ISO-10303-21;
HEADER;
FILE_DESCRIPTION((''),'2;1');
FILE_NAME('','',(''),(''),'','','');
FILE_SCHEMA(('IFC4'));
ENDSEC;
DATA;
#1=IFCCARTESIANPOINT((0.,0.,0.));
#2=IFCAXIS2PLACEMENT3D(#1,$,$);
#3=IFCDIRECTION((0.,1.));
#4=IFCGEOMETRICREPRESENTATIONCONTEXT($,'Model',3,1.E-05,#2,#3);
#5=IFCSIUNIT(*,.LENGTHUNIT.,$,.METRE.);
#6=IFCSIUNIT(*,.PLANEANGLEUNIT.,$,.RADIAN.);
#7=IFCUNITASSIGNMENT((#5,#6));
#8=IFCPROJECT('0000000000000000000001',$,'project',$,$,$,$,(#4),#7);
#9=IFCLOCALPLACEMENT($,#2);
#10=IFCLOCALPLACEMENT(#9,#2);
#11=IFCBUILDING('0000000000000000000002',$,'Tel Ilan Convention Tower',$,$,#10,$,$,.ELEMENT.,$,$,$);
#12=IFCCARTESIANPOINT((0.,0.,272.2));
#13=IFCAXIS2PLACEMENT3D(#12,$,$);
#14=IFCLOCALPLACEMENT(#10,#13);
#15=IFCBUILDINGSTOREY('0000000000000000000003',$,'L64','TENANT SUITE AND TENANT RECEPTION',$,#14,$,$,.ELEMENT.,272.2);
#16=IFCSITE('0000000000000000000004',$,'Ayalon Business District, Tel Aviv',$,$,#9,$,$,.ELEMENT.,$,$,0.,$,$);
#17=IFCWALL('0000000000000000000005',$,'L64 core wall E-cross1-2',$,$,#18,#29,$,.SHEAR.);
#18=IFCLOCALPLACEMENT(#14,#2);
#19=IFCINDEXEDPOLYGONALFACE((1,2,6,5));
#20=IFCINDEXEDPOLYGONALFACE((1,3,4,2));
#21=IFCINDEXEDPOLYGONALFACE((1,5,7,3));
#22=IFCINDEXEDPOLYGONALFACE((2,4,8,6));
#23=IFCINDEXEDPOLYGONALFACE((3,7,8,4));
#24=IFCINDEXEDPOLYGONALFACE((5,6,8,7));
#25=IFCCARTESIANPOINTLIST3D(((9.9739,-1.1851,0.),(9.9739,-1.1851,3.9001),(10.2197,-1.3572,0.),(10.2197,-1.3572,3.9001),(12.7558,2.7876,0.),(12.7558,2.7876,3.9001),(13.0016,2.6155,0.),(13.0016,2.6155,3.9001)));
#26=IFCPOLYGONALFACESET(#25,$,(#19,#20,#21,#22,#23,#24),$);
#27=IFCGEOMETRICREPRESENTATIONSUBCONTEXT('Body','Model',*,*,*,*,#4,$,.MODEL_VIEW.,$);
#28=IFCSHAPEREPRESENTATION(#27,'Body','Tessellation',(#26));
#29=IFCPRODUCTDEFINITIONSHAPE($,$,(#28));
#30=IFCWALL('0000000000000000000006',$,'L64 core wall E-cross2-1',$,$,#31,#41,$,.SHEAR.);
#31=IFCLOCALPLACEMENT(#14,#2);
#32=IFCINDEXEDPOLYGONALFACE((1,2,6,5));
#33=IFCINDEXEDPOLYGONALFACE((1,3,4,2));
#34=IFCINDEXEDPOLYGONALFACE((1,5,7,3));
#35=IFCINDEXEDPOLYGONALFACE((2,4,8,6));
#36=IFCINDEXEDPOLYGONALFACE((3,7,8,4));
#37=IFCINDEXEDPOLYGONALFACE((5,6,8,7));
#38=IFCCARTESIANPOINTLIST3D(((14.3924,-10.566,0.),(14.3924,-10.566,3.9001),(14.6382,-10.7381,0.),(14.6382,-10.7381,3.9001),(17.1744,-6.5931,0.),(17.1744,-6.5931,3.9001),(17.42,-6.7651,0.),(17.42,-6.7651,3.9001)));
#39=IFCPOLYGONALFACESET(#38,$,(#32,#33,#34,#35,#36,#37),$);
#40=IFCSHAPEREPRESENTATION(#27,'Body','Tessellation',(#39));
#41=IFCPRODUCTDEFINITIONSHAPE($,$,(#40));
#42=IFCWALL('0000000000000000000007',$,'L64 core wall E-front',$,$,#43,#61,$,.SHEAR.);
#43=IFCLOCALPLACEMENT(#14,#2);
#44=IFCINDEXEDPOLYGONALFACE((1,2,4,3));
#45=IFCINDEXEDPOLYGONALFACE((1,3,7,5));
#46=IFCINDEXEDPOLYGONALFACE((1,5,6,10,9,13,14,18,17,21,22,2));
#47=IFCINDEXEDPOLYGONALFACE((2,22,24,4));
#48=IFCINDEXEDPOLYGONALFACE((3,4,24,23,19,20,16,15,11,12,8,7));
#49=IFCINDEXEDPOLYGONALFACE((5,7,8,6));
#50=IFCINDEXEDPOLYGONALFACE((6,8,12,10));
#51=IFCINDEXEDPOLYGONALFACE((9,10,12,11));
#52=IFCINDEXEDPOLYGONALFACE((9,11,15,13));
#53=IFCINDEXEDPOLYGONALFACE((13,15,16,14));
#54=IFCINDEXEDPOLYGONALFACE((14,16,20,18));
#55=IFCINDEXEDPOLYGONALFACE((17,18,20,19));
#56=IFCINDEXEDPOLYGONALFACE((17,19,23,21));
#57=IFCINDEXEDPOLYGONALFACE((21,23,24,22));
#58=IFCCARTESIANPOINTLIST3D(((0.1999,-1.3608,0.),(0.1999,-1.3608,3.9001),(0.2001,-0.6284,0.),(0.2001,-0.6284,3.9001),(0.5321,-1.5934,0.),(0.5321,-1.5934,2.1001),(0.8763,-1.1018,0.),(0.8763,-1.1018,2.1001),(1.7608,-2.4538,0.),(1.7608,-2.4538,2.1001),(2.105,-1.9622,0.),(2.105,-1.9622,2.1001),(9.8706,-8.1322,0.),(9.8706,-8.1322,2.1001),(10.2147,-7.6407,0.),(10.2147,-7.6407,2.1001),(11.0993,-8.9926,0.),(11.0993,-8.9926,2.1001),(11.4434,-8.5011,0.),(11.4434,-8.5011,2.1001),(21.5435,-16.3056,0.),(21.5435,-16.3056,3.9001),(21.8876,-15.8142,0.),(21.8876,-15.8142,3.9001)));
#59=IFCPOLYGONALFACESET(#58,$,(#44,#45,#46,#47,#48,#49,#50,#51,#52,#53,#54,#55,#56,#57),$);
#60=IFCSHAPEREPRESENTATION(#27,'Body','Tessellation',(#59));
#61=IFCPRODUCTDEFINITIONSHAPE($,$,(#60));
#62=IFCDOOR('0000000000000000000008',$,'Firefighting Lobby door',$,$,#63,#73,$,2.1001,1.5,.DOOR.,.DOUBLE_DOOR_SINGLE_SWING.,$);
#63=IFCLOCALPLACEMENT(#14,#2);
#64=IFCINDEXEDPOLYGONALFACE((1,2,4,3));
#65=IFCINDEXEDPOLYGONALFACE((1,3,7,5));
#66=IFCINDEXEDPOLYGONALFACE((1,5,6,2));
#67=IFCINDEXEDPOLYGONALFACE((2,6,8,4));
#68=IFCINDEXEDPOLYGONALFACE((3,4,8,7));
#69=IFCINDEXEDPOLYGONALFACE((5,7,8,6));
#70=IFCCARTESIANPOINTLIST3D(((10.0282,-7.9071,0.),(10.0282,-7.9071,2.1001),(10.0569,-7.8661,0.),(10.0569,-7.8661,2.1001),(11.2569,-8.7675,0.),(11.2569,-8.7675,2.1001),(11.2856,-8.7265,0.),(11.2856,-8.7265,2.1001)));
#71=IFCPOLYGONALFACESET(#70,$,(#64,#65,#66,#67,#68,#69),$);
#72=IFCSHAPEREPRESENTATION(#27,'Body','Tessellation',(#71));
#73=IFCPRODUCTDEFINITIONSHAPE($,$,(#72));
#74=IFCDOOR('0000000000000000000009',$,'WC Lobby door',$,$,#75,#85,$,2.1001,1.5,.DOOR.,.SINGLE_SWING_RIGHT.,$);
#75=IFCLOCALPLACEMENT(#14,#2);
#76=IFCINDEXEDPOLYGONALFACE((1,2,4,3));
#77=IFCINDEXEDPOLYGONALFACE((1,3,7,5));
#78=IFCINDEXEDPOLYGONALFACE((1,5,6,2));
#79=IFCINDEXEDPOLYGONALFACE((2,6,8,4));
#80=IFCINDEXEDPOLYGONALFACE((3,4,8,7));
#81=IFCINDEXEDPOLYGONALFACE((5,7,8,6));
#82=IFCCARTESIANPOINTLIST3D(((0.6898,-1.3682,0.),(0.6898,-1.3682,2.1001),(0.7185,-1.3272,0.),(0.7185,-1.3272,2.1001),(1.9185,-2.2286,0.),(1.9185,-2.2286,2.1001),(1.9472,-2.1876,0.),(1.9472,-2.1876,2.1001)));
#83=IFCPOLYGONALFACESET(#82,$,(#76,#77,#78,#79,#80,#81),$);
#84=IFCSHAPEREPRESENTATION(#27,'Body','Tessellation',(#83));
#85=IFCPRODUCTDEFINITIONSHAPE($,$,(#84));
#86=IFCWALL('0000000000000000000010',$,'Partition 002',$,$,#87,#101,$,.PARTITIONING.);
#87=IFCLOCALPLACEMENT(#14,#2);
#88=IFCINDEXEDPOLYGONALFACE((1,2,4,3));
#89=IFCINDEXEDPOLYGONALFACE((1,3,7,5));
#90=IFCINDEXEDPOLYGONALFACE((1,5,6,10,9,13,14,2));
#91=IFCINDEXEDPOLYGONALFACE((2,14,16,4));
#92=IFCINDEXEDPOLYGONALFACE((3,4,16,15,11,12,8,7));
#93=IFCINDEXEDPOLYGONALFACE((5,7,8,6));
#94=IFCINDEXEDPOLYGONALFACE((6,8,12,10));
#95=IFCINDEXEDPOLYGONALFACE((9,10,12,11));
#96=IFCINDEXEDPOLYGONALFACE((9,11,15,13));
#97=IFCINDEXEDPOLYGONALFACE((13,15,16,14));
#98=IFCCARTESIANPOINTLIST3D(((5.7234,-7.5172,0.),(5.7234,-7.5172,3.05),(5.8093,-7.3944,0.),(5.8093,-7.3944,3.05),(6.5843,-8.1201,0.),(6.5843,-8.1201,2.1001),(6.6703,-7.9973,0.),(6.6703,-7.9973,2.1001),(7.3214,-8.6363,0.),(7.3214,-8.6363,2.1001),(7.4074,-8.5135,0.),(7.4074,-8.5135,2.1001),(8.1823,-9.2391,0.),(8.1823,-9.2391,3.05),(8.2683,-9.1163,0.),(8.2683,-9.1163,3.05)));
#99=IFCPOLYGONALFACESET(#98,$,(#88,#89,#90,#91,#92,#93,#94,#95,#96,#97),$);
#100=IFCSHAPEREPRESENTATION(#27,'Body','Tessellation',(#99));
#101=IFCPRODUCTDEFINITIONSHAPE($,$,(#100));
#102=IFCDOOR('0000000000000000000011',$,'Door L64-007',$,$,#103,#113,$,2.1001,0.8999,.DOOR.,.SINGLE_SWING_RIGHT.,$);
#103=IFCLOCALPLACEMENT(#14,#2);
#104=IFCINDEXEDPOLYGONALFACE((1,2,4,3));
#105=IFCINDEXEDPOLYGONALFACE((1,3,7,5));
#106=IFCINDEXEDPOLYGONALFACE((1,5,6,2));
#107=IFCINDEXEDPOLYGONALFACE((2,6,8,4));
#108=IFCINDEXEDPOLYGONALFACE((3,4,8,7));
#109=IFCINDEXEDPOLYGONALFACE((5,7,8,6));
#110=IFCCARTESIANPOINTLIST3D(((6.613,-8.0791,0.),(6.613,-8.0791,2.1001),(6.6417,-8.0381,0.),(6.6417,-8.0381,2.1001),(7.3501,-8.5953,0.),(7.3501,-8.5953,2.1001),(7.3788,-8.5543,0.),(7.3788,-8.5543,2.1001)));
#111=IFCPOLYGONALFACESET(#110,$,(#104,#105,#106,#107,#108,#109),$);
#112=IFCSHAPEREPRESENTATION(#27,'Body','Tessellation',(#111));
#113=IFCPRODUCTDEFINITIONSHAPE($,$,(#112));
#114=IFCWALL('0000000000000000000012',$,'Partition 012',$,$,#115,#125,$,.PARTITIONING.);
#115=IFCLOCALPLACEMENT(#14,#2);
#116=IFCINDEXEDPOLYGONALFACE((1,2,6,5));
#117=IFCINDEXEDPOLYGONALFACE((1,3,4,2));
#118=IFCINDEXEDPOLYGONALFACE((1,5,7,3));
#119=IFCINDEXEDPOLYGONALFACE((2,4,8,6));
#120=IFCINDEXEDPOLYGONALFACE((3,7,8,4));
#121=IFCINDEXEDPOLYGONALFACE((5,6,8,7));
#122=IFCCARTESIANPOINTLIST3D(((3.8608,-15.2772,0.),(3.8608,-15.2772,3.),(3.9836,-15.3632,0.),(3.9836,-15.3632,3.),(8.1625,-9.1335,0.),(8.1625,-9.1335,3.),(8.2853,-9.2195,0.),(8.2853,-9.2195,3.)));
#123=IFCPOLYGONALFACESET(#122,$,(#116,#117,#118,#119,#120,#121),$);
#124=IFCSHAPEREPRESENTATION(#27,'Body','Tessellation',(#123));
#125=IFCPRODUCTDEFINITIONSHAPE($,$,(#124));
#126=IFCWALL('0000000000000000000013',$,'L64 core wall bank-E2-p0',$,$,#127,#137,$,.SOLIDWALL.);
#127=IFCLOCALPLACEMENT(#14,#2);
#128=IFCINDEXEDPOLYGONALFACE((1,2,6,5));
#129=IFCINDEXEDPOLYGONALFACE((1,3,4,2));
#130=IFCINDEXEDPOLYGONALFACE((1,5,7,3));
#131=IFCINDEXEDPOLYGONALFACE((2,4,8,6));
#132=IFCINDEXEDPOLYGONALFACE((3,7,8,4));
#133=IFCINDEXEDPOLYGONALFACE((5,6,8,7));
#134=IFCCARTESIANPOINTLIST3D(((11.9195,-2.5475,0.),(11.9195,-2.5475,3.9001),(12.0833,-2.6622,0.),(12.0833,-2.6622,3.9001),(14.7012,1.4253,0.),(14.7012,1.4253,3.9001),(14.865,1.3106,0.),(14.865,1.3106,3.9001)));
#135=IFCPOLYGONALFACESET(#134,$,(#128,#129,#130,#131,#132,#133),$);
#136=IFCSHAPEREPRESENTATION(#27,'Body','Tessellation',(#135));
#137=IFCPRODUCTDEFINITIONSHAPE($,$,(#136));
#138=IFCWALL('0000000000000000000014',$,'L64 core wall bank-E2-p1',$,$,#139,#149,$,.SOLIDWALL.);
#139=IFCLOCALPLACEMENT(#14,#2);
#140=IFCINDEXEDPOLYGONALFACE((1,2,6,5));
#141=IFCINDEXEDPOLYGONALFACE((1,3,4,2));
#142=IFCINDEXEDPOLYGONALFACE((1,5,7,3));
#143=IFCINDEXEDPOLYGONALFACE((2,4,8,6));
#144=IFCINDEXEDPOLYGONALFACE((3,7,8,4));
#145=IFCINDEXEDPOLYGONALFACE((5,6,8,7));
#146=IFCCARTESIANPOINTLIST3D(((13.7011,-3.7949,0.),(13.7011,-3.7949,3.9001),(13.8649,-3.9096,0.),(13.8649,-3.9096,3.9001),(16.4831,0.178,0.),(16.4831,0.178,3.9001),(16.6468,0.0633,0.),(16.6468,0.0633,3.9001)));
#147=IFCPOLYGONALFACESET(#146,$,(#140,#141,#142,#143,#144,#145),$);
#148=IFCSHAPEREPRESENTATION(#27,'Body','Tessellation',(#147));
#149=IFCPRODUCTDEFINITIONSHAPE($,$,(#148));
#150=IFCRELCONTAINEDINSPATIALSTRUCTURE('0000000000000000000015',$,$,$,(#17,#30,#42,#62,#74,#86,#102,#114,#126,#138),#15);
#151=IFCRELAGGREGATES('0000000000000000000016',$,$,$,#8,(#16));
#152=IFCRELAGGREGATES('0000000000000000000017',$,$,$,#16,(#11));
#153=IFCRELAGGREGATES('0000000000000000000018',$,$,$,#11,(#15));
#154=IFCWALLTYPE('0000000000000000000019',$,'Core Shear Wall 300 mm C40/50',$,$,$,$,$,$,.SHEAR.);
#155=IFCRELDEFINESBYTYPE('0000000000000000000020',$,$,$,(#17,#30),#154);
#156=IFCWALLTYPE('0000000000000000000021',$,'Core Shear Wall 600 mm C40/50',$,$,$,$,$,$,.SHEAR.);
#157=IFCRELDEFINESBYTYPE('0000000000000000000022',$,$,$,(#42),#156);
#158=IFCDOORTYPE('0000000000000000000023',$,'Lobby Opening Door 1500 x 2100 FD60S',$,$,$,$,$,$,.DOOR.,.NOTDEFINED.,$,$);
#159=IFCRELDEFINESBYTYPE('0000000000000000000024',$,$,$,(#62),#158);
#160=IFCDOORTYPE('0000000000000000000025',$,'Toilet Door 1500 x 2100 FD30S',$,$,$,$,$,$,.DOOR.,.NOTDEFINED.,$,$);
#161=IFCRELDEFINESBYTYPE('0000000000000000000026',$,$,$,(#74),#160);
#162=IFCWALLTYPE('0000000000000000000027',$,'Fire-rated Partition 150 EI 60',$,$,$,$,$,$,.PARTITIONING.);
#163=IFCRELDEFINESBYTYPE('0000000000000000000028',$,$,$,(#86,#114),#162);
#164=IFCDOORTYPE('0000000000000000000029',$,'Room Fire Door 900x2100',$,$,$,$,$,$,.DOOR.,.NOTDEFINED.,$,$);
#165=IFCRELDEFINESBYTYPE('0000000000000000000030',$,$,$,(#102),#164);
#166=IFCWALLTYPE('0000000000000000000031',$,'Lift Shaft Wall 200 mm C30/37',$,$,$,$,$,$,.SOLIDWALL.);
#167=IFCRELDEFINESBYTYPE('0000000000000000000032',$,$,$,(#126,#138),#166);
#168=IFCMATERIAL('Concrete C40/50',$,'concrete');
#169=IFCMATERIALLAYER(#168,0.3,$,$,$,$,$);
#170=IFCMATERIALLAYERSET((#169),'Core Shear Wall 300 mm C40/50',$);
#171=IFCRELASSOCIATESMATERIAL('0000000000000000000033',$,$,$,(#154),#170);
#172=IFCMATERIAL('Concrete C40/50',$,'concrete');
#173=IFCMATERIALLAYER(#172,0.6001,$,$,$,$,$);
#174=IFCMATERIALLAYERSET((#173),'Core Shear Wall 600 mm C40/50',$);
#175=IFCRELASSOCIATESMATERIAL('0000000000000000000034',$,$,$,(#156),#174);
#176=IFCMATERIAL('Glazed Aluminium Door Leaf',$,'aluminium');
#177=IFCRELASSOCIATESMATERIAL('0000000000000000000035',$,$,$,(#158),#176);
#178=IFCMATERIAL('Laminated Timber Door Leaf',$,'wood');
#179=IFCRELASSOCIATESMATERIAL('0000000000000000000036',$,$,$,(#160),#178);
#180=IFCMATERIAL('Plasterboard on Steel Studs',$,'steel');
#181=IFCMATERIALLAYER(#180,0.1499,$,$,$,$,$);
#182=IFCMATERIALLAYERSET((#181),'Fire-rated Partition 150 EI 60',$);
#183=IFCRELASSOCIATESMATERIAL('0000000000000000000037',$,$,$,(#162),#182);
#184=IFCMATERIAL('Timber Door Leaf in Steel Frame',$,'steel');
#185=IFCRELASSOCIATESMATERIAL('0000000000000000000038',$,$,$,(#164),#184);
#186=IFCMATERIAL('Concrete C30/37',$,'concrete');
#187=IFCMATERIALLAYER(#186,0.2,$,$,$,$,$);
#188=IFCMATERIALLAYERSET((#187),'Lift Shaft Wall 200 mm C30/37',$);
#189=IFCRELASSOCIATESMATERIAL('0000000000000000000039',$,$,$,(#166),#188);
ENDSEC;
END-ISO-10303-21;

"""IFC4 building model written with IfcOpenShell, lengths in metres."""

from ifc_helpers import new_model, si_unit, direction, frame, frame_2d, origin, place, context, subcontext, project, spatial, polyline, rectangle, outline, extrude, material, layer, layer_set, type_object, element, fill, save


model = new_model("IFC4")

# Units and contexts
model_context = context("Model", 3, precision=1e-05, world=origin(), true_north=direction((0.0, 1.0)))
body_context = subcontext(model_context, "Body", "Model", "MODEL_VIEW")
ifc_project = project(units=[si_unit("LENGTHUNIT", "METRE"), si_unit("PLANEANGLEUNIT", "RADIAN")], contexts=[model_context])

# Site, building, storey
site_placement = place(None, origin())
site = spatial("IfcSite", under=ifc_project, at=site_placement, Name="Ayalon Business District, Tel Aviv", CompositionType="ELEMENT", RefElevation=0.0)
building_placement = place(site_placement, origin())
building = spatial("IfcBuilding", under=site, at=building_placement, Name="Tel Ilan Convention Tower", CompositionType="ELEMENT")
storey_placement = place(building_placement, frame((0.0, 0.0, 272.2)))
storey = spatial("IfcBuildingStorey", under=building, at=storey_placement, Name="L64", Description="TENANT SUITE AND TENANT RECEPTION", CompositionType="ELEMENT", Elevation=272.2)

# Walls
ifc_material_1 = material(Name="Concrete C40/50", Category="concrete")
ifc_layer_1 = layer(ifc_material_1, 0.3)
ifc_layer_set_1 = layer_set([ifc_layer_1], Name="Core Shear Wall 300 mm C40/50")
wall_type_1 = type_object("IfcWallType", Name="Core Shear Wall 300 mm C40/50", PredefinedType="SHEAR", material=ifc_layer_set_1)
wall_1_placement = place(storey_placement, frame((10.0969, -1.2712, 0.0), z_axis=(0.0, 0.0, 1.0), x_axis=(0.57356, 0.819163, 0.0)))
element("IfcWall", 1, at=wall_1_placement, inside=storey, type_object=wall_type_1, Name="L64 core wall E-cross1-2", PredefinedType="SHEAR", context=body_context, shape_type="SweptSolid", body=[
    extrude(outline(polyline([(4.8499, -0.1501), (4.8499, 0.1499), (0.0, 0.1501), (0.0, -0.1499), (4.8499, -0.1501)])), origin(), (0.0, 0.0, 1.0), 3.9001),
])
wall_2_placement = place(storey_placement, frame((14.5154, -10.6521, 0.0), z_axis=(0.0, 0.0, 1.0), x_axis=(0.57356, 0.819163, 0.0)))
element("IfcWall", 2, at=wall_2_placement, inside=storey, type_object=wall_type_1, Name="L64 core wall E-cross2-1", PredefinedType="SHEAR", context=body_context, shape_type="SweptSolid", body=[
    extrude(outline(polyline([(0.0, 0.1501), (0.0, -0.1499), (4.8501, -0.1499), (4.8501, 0.1499), (0.0, 0.1501)])), origin(), (0.0, 0.0, 1.0), 3.9001),
])

# Wall, openings, doors
ifc_material_2 = material(Name="Concrete C40/50", Category="concrete")
ifc_layer_2 = layer(ifc_material_2, 0.6001)
ifc_layer_set_2 = layer_set([ifc_layer_2], Name="Core Shear Wall 600 mm C40/50")
wall_type_2 = type_object("IfcWallType", Name="Core Shear Wall 600 mm C40/50", PredefinedType="SHEAR", material=ifc_layer_set_2)
wall_3_placement = place(storey_placement, frame((0.0278, -0.874, 0.0), z_axis=(0.0, 0.0, 1.0), x_axis=(0.81915, -0.573579, 0.0)))
wall_3 = element("IfcWall", 3, at=wall_3_placement, inside=storey, type_object=wall_type_2, Name="L64 core wall E-front", PredefinedType="SHEAR", context=body_context, shape_type="SweptSolid", body=[
    extrude(outline(polyline([(26.4758, 0.3), (0.0002, 0.3), (0.4202, -0.3), (26.4758, -0.2998), (26.4758, 0.3)])), origin(), (0.0, 0.0, 1.0), 3.9001),
])
opening_1_placement = place(wall_3_placement, frame((0.8257, 0.0, 0.0)))
opening_1 = element("IfcOpeningElement", 4, at=opening_1_placement, cuts=wall_3, PredefinedType="OPENING", context=body_context, shape_type="SweptSolid", body=[
    extrude(rectangle(XDim=1.5, YDim=2.1001, at=frame_2d((0.75, 1.05))), frame((0.0, 0.3101, 0.0), z_axis=(0.0, -1.0, 0.0), x_axis=(1.0, 0.0, 0.0)), (0.0, 0.0, 1.0), 0.6201),
])
opening_2_placement = place(wall_3_placement, frame((12.2258, 0.0, 0.0)))
opening_2 = element("IfcOpeningElement", 5, at=opening_2_placement, cuts=wall_3, PredefinedType="OPENING", context=body_context, shape_type="SweptSolid", body=[
    extrude(rectangle(XDim=1.5, YDim=2.1001, at=frame_2d((0.75, 1.05))), frame((0.0, 0.3101, 0.0), z_axis=(0.0, -1.0, 0.0), x_axis=(1.0, 0.0, 0.0)), (0.0, 0.0, 1.0), 0.6201),
])
ifc_material_3 = material(Name="Glazed Aluminium Door Leaf", Category="aluminium")
door_type_1 = type_object("IfcDoorType", Name="Lobby Opening Door 1500 x 2100 FD60S", OperationType="NOTDEFINED", PredefinedType="DOOR", material=ifc_material_3)
door_1_placement = place(opening_2_placement, origin())
door_1 = element("IfcDoor", 6, at=door_1_placement, inside=storey, type_object=door_type_1, Name="Firefighting Lobby door", OperationType="DOUBLE_DOOR_SINGLE_SWING", OverallHeight=2.1001, OverallWidth=1.5, PredefinedType="DOOR", context=body_context, shape_type="SweptSolid", body=[
    extrude(rectangle(XDim=1.5, YDim=2.1001, at=frame_2d((0.75, 1.05))), frame((0.0, 0.0249, 0.0), z_axis=(0.0, -1.0, 0.0), x_axis=(1.0, 0.0, 0.0)), (0.0, 0.0, 1.0), 0.05),
])
fill(opening_2, door_1)
ifc_material_4 = material(Name="Laminated Timber Door Leaf", Category="wood")
door_type_2 = type_object("IfcDoorType", Name="Toilet Door 1500 x 2100 FD30S", OperationType="NOTDEFINED", PredefinedType="DOOR", material=ifc_material_4)
door_2_placement = place(opening_1_placement, origin())
door_2 = element("IfcDoor", 7, at=door_2_placement, inside=storey, type_object=door_type_2, Name="WC Lobby door", OperationType="SINGLE_SWING_RIGHT", OverallHeight=2.1001, OverallWidth=1.5, PredefinedType="DOOR", context=body_context, shape_type="SweptSolid", body=[
    extrude(rectangle(XDim=1.5, YDim=2.1001, at=frame_2d((0.75, 1.05))), frame((0.0, 0.0249, 0.0), z_axis=(0.0, -1.0, 0.0), x_axis=(1.0, 0.0, 0.0)), (0.0, 0.0, 1.0), 0.05),
])
fill(opening_1, door_2)

# Wall, opening, door
ifc_material_5 = material(Name="Plasterboard on Steel Studs", Category="steel")
ifc_layer_3 = layer(ifc_material_5, 0.1499)
ifc_layer_set_3 = layer_set([ifc_layer_3], Name="Fire-rated Partition 150 EI 60")
wall_type_3 = type_object("IfcWallType", Name="Fire-rated Partition 150 EI 60", PredefinedType="PARTITIONING", material=ifc_layer_set_3)
wall_4_placement = place(storey_placement, frame((8.2253, -9.1777, 0.0), z_axis=(0.0, 0.0, 1.0), x_axis=(-0.819133, 0.573604, 0.0)))
wall_4 = element("IfcWall", 8, at=wall_4_placement, inside=storey, type_object=wall_type_3, Name="Partition 002", PredefinedType="PARTITIONING", context=body_context, shape_type="SweptSolid", body=[
    extrude(rectangle(XDim=3.002, YDim=0.1499, at=frame_2d((1.501, 0.0))), origin(), (0.0, 0.0, 1.0), 3.05),
])
opening_3_placement = place(wall_4_placement, frame((1.051, 0.0, 0.0)))
opening_3 = element("IfcOpeningElement", 9, at=opening_3_placement, cuts=wall_4, PredefinedType="OPENING", context=body_context, shape_type="SweptSolid", body=[
    extrude(rectangle(XDim=0.8999, YDim=2.1001, at=frame_2d((0.45, 1.05))), frame((0.0, 0.085, 0.0), z_axis=(0.0, -1.0, 0.0), x_axis=(1.0, 0.0, 0.0)), (0.0, 0.0, 1.0), 0.1699),
])
ifc_material_6 = material(Name="Timber Door Leaf in Steel Frame", Category="steel")
door_type_3 = type_object("IfcDoorType", Name="Room Fire Door 900x2100", OperationType="NOTDEFINED", PredefinedType="DOOR", material=ifc_material_6)
door_3_placement = place(opening_3_placement, origin())
door_3 = element("IfcDoor", 10, at=door_3_placement, inside=storey, type_object=door_type_3, Name="Door L64-007", OperationType="SINGLE_SWING_RIGHT", OverallHeight=2.1001, OverallWidth=0.8999, PredefinedType="DOOR", context=body_context, shape_type="SweptSolid", body=[
    extrude(rectangle(XDim=0.8999, YDim=2.1001, at=frame_2d((0.45, 1.05))), frame((0.0, 0.0249, 0.0), z_axis=(0.0, -1.0, 0.0), x_axis=(1.0, 0.0, 0.0)), (0.0, 0.0, 1.0), 0.05),
])
fill(opening_3, door_3)

# Walls
wall_5_placement = place(storey_placement, frame((8.2239, -9.1765, 0.0), z_axis=(0.0, 0.0, 1.0), x_axis=(-0.573561, -0.819163, 0.0)))
element("IfcWall", 11, at=wall_5_placement, inside=storey, type_object=wall_type_3, Name="Partition 012", PredefinedType="PARTITIONING", context=body_context, shape_type="SweptSolid", body=[
    extrude(rectangle(XDim=7.5, YDim=0.1499, at=frame_2d((3.75, 0.0))), origin(), (0.0, 0.0, 1.0), 3.0),
])
ifc_material_7 = material(Name="Concrete C30/37", Category="concrete")
ifc_layer_4 = layer(ifc_material_7, 0.2)
ifc_layer_set_4 = layer_set([ifc_layer_4], Name="Lift Shaft Wall 200 mm C30/37")
wall_type_4 = type_object("IfcWallType", Name="Lift Shaft Wall 200 mm C30/37", PredefinedType="SOLIDWALL", material=ifc_layer_set_4)
wall_6_placement = place(storey_placement, frame((12.0015, -2.6047, 0.0), z_axis=(0.0, 0.0, 1.0), x_axis=(0.57356, 0.819163, 0.0)))
element("IfcWall", 12, at=wall_6_placement, inside=storey, type_object=wall_type_4, Name="L64 core wall bank-E2-p0", PredefinedType="SOLIDWALL", context=body_context, shape_type="SweptSolid", body=[
    extrude(rectangle(XDim=4.8499, YDim=0.2, at=frame_2d((2.4248, 0.0))), origin(), (0.0, 0.0, 1.0), 3.9001),
])
wall_7_placement = place(storey_placement, frame((13.783, -3.8523, 0.0), z_axis=(0.0, 0.0, 1.0), x_axis=(0.573594, 0.81914, 0.0)))
element("IfcWall", 13, at=wall_7_placement, inside=storey, type_object=wall_type_4, Name="L64 core wall bank-E2-p1", PredefinedType="SOLIDWALL", context=body_context, shape_type="SweptSolid", body=[
    extrude(rectangle(XDim=4.8501, YDim=0.2, at=frame_2d((2.425, 0.0))), origin(), (0.0, 0.0, 1.0), 3.9001),
])

save(model, "model.ifc")
